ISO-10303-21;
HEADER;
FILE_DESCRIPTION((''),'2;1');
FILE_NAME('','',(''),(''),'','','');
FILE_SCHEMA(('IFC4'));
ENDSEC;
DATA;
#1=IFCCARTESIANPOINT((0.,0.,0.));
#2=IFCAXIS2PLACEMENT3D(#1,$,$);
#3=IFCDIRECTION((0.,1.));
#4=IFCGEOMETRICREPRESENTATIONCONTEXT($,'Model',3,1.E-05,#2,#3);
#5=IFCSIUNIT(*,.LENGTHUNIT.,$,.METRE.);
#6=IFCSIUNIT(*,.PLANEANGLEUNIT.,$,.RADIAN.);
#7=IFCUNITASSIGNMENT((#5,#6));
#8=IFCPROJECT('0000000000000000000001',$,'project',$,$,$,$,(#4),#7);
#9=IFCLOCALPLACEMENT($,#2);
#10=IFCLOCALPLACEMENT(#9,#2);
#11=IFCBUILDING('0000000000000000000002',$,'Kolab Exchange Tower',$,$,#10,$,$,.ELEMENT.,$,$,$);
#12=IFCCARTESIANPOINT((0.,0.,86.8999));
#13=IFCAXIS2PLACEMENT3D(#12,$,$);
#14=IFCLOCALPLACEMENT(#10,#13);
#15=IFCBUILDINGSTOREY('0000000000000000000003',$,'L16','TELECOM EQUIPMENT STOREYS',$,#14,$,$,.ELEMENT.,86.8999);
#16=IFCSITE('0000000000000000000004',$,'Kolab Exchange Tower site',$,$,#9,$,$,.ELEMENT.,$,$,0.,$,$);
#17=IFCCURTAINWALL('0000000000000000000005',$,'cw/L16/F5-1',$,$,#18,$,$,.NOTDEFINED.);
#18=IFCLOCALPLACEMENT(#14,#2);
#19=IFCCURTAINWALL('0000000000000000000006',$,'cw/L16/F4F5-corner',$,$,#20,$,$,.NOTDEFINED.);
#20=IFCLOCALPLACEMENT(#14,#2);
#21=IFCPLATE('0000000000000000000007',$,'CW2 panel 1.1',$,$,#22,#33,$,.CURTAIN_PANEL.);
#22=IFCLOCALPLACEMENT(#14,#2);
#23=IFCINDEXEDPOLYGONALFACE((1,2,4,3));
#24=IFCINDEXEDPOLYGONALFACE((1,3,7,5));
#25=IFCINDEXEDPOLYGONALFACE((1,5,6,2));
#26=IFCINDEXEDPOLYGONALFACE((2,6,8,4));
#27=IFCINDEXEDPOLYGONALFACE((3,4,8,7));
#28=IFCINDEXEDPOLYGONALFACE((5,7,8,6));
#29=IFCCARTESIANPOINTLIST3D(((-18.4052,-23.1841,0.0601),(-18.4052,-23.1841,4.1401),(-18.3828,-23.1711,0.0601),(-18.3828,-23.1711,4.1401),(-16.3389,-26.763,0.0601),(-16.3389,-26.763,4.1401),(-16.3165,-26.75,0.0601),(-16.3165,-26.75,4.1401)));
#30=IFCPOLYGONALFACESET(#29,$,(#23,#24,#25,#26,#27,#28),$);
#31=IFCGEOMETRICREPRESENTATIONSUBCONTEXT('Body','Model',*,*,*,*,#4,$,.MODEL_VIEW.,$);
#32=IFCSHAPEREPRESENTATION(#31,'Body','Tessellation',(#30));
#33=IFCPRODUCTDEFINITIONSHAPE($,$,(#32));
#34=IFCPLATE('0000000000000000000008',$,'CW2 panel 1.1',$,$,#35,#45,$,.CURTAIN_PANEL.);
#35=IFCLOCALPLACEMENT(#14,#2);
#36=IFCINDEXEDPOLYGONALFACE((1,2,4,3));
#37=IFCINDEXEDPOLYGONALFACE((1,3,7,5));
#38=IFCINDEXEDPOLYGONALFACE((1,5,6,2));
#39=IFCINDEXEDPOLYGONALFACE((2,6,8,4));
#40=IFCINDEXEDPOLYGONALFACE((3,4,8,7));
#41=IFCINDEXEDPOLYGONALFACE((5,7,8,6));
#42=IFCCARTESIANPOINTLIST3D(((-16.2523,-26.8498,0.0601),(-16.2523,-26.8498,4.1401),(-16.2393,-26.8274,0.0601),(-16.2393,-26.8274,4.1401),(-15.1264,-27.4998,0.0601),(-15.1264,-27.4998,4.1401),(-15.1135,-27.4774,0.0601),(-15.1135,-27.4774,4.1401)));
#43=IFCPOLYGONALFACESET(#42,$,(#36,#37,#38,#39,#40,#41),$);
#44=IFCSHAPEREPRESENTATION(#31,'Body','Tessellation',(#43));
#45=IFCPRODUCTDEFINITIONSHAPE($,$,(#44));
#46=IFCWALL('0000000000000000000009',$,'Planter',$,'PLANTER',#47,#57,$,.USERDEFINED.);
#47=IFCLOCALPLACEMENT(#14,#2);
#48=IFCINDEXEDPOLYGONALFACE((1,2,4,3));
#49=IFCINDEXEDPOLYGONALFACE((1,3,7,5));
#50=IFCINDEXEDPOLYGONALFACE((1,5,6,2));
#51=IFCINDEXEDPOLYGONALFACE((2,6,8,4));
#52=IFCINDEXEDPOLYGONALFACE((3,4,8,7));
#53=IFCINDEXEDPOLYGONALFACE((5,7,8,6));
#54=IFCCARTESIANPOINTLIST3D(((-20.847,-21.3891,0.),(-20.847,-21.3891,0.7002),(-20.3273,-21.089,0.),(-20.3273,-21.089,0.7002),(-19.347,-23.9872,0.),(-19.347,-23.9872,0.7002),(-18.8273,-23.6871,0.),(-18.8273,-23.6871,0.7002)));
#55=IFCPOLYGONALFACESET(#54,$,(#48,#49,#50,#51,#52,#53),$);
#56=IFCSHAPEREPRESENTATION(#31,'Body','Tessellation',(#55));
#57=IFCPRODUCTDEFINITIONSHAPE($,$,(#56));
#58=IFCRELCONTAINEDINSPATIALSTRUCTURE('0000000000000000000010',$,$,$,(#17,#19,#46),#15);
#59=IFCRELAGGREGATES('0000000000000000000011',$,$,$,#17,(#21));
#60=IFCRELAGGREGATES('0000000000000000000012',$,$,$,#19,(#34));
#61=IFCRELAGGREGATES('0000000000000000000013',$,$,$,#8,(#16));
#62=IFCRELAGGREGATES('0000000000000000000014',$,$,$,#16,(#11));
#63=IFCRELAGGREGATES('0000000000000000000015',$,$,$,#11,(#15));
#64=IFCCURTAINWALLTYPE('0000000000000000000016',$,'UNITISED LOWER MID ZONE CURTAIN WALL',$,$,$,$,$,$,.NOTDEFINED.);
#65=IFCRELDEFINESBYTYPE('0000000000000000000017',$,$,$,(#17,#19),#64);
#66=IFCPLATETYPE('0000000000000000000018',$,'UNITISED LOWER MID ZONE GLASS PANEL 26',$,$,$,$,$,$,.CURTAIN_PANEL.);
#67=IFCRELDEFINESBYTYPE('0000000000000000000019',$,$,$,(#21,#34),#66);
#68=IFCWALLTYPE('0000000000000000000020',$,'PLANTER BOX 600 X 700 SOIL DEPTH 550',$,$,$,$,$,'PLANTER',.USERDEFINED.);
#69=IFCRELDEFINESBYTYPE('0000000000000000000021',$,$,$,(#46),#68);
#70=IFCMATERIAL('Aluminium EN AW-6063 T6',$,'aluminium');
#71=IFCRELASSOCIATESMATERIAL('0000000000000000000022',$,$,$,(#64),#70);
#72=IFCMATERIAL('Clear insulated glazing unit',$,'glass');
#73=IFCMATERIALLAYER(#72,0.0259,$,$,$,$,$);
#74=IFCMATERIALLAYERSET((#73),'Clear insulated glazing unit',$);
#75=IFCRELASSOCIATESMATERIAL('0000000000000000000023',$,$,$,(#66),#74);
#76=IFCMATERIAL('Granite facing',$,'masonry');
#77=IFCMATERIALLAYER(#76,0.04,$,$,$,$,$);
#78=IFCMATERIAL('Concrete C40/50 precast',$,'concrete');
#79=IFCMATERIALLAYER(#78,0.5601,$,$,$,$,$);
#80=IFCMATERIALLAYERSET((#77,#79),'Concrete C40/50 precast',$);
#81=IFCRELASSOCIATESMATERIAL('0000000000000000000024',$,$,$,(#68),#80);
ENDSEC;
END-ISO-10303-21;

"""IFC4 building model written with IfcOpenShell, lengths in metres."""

from ifc_helpers import new_model, si_unit, direction, frame, frame_2d, origin, origin_2d, place, context, subcontext, project, spatial, rectangle, extrude, material, layer, layer_set, type_object, element, aggregate, save


model = new_model("IFC4")

# Units and contexts
model_context = context("Model", 3, precision=1e-05, world=origin(), true_north=direction((0.0, 1.0)))
body_context = subcontext(model_context, "Body", "Model", "MODEL_VIEW")
ifc_project = project(units=[si_unit("LENGTHUNIT", "METRE"), si_unit("PLANEANGLEUNIT", "RADIAN")], contexts=[model_context])

# Site, building, storey
site_placement = place(None, origin())
site = spatial("IfcSite", under=ifc_project, at=site_placement, Name="Kolab Exchange Tower site", CompositionType="ELEMENT", RefElevation=0.0)
building_placement = place(site_placement, origin())
building = spatial("IfcBuilding", under=site, at=building_placement, Name="Kolab Exchange Tower", CompositionType="ELEMENT")
storey_placement = place(building_placement, frame((0.0, 0.0, 86.8999)))
storey = spatial("IfcBuildingStorey", under=building, at=storey_placement, Name="L16", Description="TELECOM EQUIPMENT STOREYS", CompositionType="ELEMENT", Elevation=86.8999)

# Curtain wall
ifc_material_1 = material(Name="Aluminium EN AW-6063 T6", Category="aluminium")
curtain_wall_type = type_object("IfcCurtainWallType", Name="UNITISED LOWER MID ZONE CURTAIN WALL", PredefinedType="NOTDEFINED", material=ifc_material_1)
curtain_wall_1_placement = place(storey_placement, origin())
curtain_wall_1 = element("IfcCurtainWall", 1, at=curtain_wall_1_placement, inside=storey, type_object=curtain_wall_type, Name="cw/L16/F5-1", PredefinedType="NOTDEFINED")

# Curtain wall
curtain_wall_2_placement = place(storey_placement, origin())
curtain_wall_2 = element("IfcCurtainWall", 2, at=curtain_wall_2_placement, inside=storey, type_object=curtain_wall_type, Name="cw/L16/F4F5-corner", PredefinedType="NOTDEFINED")

# Plates
ifc_material_2 = material(Name="Clear insulated glazing unit", Category="glass")
ifc_layer_1 = layer(ifc_material_2, 0.0259)
ifc_layer_set_1 = layer_set([ifc_layer_1], Name="Clear insulated glazing unit")
plate_type = type_object("IfcPlateType", Name="UNITISED LOWER MID ZONE GLASS PANEL 26", PredefinedType="CURTAIN_PANEL", material=ifc_layer_set_1)
plate_1_placement = place(storey_placement, frame((-17.3608, -24.967, 0.0601), z_axis=(0.0, 0.0, 1.0), x_axis=(-0.5, 0.866025, 0.0)))
plate_1 = element("IfcPlate", 3, at=plate_1_placement, type_object=plate_type, Name="CW2 panel 1.1", PredefinedType="CURTAIN_PANEL", context=body_context, shape_type="SweptSolid", body=[
    extrude(rectangle(XDim=4.1326, YDim=0.0259, at=origin_2d()), origin(), (0.0, 0.0, 1.0), 4.0801),
])
aggregate(curtain_wall_1, [plate_1])
plate_2_placement = place(storey_placement, frame((-15.6829, -27.1636, 0.0601), z_axis=(0.0, 0.0, 1.0), x_axis=(-0.866025, 0.5, 0.0)))
plate_2 = element("IfcPlate", 4, at=plate_2_placement, type_object=plate_type, Name="CW2 panel 1.1", PredefinedType="CURTAIN_PANEL", context=body_context, shape_type="SweptSolid", body=[
    extrude(rectangle(XDim=1.3, YDim=0.0259, at=origin_2d()), origin(), (0.0, 0.0, 1.0), 4.0801),
])
aggregate(curtain_wall_2, [plate_2])

# Wall
ifc_material_3 = material(Name="Granite facing", Category="masonry")
ifc_layer_2 = layer(ifc_material_3, 0.04)
ifc_material_4 = material(Name="Concrete C40/50 precast", Category="concrete")
ifc_layer_3 = layer(ifc_material_4, 0.5601)
ifc_layer_set_2 = layer_set([ifc_layer_2, ifc_layer_3], Name="Concrete C40/50 precast")
wall_type = type_object("IfcWallType", Name="PLANTER BOX 600 X 700 SOIL DEPTH 550", ElementType="PLANTER", PredefinedType="USERDEFINED", material=ifc_layer_set_2)
wall_placement = place(storey_placement, frame((-19.0872, -23.8372, 0.0), z_axis=(0.0, 0.0, 1.0), x_axis=(-0.49999, 0.866031, 0.0)))
element("IfcWall", 5, at=wall_placement, inside=storey, type_object=wall_type, Name="Planter", ObjectType="PLANTER", PredefinedType="USERDEFINED", context=body_context, shape_type="SweptSolid", body=[
    extrude(rectangle(XDim=3.0, YDim=0.6001, at=frame_2d((1.5, 0.0))), origin(), (0.0, 0.0, 1.0), 0.7002),
])

save(model, "model.ifc")
